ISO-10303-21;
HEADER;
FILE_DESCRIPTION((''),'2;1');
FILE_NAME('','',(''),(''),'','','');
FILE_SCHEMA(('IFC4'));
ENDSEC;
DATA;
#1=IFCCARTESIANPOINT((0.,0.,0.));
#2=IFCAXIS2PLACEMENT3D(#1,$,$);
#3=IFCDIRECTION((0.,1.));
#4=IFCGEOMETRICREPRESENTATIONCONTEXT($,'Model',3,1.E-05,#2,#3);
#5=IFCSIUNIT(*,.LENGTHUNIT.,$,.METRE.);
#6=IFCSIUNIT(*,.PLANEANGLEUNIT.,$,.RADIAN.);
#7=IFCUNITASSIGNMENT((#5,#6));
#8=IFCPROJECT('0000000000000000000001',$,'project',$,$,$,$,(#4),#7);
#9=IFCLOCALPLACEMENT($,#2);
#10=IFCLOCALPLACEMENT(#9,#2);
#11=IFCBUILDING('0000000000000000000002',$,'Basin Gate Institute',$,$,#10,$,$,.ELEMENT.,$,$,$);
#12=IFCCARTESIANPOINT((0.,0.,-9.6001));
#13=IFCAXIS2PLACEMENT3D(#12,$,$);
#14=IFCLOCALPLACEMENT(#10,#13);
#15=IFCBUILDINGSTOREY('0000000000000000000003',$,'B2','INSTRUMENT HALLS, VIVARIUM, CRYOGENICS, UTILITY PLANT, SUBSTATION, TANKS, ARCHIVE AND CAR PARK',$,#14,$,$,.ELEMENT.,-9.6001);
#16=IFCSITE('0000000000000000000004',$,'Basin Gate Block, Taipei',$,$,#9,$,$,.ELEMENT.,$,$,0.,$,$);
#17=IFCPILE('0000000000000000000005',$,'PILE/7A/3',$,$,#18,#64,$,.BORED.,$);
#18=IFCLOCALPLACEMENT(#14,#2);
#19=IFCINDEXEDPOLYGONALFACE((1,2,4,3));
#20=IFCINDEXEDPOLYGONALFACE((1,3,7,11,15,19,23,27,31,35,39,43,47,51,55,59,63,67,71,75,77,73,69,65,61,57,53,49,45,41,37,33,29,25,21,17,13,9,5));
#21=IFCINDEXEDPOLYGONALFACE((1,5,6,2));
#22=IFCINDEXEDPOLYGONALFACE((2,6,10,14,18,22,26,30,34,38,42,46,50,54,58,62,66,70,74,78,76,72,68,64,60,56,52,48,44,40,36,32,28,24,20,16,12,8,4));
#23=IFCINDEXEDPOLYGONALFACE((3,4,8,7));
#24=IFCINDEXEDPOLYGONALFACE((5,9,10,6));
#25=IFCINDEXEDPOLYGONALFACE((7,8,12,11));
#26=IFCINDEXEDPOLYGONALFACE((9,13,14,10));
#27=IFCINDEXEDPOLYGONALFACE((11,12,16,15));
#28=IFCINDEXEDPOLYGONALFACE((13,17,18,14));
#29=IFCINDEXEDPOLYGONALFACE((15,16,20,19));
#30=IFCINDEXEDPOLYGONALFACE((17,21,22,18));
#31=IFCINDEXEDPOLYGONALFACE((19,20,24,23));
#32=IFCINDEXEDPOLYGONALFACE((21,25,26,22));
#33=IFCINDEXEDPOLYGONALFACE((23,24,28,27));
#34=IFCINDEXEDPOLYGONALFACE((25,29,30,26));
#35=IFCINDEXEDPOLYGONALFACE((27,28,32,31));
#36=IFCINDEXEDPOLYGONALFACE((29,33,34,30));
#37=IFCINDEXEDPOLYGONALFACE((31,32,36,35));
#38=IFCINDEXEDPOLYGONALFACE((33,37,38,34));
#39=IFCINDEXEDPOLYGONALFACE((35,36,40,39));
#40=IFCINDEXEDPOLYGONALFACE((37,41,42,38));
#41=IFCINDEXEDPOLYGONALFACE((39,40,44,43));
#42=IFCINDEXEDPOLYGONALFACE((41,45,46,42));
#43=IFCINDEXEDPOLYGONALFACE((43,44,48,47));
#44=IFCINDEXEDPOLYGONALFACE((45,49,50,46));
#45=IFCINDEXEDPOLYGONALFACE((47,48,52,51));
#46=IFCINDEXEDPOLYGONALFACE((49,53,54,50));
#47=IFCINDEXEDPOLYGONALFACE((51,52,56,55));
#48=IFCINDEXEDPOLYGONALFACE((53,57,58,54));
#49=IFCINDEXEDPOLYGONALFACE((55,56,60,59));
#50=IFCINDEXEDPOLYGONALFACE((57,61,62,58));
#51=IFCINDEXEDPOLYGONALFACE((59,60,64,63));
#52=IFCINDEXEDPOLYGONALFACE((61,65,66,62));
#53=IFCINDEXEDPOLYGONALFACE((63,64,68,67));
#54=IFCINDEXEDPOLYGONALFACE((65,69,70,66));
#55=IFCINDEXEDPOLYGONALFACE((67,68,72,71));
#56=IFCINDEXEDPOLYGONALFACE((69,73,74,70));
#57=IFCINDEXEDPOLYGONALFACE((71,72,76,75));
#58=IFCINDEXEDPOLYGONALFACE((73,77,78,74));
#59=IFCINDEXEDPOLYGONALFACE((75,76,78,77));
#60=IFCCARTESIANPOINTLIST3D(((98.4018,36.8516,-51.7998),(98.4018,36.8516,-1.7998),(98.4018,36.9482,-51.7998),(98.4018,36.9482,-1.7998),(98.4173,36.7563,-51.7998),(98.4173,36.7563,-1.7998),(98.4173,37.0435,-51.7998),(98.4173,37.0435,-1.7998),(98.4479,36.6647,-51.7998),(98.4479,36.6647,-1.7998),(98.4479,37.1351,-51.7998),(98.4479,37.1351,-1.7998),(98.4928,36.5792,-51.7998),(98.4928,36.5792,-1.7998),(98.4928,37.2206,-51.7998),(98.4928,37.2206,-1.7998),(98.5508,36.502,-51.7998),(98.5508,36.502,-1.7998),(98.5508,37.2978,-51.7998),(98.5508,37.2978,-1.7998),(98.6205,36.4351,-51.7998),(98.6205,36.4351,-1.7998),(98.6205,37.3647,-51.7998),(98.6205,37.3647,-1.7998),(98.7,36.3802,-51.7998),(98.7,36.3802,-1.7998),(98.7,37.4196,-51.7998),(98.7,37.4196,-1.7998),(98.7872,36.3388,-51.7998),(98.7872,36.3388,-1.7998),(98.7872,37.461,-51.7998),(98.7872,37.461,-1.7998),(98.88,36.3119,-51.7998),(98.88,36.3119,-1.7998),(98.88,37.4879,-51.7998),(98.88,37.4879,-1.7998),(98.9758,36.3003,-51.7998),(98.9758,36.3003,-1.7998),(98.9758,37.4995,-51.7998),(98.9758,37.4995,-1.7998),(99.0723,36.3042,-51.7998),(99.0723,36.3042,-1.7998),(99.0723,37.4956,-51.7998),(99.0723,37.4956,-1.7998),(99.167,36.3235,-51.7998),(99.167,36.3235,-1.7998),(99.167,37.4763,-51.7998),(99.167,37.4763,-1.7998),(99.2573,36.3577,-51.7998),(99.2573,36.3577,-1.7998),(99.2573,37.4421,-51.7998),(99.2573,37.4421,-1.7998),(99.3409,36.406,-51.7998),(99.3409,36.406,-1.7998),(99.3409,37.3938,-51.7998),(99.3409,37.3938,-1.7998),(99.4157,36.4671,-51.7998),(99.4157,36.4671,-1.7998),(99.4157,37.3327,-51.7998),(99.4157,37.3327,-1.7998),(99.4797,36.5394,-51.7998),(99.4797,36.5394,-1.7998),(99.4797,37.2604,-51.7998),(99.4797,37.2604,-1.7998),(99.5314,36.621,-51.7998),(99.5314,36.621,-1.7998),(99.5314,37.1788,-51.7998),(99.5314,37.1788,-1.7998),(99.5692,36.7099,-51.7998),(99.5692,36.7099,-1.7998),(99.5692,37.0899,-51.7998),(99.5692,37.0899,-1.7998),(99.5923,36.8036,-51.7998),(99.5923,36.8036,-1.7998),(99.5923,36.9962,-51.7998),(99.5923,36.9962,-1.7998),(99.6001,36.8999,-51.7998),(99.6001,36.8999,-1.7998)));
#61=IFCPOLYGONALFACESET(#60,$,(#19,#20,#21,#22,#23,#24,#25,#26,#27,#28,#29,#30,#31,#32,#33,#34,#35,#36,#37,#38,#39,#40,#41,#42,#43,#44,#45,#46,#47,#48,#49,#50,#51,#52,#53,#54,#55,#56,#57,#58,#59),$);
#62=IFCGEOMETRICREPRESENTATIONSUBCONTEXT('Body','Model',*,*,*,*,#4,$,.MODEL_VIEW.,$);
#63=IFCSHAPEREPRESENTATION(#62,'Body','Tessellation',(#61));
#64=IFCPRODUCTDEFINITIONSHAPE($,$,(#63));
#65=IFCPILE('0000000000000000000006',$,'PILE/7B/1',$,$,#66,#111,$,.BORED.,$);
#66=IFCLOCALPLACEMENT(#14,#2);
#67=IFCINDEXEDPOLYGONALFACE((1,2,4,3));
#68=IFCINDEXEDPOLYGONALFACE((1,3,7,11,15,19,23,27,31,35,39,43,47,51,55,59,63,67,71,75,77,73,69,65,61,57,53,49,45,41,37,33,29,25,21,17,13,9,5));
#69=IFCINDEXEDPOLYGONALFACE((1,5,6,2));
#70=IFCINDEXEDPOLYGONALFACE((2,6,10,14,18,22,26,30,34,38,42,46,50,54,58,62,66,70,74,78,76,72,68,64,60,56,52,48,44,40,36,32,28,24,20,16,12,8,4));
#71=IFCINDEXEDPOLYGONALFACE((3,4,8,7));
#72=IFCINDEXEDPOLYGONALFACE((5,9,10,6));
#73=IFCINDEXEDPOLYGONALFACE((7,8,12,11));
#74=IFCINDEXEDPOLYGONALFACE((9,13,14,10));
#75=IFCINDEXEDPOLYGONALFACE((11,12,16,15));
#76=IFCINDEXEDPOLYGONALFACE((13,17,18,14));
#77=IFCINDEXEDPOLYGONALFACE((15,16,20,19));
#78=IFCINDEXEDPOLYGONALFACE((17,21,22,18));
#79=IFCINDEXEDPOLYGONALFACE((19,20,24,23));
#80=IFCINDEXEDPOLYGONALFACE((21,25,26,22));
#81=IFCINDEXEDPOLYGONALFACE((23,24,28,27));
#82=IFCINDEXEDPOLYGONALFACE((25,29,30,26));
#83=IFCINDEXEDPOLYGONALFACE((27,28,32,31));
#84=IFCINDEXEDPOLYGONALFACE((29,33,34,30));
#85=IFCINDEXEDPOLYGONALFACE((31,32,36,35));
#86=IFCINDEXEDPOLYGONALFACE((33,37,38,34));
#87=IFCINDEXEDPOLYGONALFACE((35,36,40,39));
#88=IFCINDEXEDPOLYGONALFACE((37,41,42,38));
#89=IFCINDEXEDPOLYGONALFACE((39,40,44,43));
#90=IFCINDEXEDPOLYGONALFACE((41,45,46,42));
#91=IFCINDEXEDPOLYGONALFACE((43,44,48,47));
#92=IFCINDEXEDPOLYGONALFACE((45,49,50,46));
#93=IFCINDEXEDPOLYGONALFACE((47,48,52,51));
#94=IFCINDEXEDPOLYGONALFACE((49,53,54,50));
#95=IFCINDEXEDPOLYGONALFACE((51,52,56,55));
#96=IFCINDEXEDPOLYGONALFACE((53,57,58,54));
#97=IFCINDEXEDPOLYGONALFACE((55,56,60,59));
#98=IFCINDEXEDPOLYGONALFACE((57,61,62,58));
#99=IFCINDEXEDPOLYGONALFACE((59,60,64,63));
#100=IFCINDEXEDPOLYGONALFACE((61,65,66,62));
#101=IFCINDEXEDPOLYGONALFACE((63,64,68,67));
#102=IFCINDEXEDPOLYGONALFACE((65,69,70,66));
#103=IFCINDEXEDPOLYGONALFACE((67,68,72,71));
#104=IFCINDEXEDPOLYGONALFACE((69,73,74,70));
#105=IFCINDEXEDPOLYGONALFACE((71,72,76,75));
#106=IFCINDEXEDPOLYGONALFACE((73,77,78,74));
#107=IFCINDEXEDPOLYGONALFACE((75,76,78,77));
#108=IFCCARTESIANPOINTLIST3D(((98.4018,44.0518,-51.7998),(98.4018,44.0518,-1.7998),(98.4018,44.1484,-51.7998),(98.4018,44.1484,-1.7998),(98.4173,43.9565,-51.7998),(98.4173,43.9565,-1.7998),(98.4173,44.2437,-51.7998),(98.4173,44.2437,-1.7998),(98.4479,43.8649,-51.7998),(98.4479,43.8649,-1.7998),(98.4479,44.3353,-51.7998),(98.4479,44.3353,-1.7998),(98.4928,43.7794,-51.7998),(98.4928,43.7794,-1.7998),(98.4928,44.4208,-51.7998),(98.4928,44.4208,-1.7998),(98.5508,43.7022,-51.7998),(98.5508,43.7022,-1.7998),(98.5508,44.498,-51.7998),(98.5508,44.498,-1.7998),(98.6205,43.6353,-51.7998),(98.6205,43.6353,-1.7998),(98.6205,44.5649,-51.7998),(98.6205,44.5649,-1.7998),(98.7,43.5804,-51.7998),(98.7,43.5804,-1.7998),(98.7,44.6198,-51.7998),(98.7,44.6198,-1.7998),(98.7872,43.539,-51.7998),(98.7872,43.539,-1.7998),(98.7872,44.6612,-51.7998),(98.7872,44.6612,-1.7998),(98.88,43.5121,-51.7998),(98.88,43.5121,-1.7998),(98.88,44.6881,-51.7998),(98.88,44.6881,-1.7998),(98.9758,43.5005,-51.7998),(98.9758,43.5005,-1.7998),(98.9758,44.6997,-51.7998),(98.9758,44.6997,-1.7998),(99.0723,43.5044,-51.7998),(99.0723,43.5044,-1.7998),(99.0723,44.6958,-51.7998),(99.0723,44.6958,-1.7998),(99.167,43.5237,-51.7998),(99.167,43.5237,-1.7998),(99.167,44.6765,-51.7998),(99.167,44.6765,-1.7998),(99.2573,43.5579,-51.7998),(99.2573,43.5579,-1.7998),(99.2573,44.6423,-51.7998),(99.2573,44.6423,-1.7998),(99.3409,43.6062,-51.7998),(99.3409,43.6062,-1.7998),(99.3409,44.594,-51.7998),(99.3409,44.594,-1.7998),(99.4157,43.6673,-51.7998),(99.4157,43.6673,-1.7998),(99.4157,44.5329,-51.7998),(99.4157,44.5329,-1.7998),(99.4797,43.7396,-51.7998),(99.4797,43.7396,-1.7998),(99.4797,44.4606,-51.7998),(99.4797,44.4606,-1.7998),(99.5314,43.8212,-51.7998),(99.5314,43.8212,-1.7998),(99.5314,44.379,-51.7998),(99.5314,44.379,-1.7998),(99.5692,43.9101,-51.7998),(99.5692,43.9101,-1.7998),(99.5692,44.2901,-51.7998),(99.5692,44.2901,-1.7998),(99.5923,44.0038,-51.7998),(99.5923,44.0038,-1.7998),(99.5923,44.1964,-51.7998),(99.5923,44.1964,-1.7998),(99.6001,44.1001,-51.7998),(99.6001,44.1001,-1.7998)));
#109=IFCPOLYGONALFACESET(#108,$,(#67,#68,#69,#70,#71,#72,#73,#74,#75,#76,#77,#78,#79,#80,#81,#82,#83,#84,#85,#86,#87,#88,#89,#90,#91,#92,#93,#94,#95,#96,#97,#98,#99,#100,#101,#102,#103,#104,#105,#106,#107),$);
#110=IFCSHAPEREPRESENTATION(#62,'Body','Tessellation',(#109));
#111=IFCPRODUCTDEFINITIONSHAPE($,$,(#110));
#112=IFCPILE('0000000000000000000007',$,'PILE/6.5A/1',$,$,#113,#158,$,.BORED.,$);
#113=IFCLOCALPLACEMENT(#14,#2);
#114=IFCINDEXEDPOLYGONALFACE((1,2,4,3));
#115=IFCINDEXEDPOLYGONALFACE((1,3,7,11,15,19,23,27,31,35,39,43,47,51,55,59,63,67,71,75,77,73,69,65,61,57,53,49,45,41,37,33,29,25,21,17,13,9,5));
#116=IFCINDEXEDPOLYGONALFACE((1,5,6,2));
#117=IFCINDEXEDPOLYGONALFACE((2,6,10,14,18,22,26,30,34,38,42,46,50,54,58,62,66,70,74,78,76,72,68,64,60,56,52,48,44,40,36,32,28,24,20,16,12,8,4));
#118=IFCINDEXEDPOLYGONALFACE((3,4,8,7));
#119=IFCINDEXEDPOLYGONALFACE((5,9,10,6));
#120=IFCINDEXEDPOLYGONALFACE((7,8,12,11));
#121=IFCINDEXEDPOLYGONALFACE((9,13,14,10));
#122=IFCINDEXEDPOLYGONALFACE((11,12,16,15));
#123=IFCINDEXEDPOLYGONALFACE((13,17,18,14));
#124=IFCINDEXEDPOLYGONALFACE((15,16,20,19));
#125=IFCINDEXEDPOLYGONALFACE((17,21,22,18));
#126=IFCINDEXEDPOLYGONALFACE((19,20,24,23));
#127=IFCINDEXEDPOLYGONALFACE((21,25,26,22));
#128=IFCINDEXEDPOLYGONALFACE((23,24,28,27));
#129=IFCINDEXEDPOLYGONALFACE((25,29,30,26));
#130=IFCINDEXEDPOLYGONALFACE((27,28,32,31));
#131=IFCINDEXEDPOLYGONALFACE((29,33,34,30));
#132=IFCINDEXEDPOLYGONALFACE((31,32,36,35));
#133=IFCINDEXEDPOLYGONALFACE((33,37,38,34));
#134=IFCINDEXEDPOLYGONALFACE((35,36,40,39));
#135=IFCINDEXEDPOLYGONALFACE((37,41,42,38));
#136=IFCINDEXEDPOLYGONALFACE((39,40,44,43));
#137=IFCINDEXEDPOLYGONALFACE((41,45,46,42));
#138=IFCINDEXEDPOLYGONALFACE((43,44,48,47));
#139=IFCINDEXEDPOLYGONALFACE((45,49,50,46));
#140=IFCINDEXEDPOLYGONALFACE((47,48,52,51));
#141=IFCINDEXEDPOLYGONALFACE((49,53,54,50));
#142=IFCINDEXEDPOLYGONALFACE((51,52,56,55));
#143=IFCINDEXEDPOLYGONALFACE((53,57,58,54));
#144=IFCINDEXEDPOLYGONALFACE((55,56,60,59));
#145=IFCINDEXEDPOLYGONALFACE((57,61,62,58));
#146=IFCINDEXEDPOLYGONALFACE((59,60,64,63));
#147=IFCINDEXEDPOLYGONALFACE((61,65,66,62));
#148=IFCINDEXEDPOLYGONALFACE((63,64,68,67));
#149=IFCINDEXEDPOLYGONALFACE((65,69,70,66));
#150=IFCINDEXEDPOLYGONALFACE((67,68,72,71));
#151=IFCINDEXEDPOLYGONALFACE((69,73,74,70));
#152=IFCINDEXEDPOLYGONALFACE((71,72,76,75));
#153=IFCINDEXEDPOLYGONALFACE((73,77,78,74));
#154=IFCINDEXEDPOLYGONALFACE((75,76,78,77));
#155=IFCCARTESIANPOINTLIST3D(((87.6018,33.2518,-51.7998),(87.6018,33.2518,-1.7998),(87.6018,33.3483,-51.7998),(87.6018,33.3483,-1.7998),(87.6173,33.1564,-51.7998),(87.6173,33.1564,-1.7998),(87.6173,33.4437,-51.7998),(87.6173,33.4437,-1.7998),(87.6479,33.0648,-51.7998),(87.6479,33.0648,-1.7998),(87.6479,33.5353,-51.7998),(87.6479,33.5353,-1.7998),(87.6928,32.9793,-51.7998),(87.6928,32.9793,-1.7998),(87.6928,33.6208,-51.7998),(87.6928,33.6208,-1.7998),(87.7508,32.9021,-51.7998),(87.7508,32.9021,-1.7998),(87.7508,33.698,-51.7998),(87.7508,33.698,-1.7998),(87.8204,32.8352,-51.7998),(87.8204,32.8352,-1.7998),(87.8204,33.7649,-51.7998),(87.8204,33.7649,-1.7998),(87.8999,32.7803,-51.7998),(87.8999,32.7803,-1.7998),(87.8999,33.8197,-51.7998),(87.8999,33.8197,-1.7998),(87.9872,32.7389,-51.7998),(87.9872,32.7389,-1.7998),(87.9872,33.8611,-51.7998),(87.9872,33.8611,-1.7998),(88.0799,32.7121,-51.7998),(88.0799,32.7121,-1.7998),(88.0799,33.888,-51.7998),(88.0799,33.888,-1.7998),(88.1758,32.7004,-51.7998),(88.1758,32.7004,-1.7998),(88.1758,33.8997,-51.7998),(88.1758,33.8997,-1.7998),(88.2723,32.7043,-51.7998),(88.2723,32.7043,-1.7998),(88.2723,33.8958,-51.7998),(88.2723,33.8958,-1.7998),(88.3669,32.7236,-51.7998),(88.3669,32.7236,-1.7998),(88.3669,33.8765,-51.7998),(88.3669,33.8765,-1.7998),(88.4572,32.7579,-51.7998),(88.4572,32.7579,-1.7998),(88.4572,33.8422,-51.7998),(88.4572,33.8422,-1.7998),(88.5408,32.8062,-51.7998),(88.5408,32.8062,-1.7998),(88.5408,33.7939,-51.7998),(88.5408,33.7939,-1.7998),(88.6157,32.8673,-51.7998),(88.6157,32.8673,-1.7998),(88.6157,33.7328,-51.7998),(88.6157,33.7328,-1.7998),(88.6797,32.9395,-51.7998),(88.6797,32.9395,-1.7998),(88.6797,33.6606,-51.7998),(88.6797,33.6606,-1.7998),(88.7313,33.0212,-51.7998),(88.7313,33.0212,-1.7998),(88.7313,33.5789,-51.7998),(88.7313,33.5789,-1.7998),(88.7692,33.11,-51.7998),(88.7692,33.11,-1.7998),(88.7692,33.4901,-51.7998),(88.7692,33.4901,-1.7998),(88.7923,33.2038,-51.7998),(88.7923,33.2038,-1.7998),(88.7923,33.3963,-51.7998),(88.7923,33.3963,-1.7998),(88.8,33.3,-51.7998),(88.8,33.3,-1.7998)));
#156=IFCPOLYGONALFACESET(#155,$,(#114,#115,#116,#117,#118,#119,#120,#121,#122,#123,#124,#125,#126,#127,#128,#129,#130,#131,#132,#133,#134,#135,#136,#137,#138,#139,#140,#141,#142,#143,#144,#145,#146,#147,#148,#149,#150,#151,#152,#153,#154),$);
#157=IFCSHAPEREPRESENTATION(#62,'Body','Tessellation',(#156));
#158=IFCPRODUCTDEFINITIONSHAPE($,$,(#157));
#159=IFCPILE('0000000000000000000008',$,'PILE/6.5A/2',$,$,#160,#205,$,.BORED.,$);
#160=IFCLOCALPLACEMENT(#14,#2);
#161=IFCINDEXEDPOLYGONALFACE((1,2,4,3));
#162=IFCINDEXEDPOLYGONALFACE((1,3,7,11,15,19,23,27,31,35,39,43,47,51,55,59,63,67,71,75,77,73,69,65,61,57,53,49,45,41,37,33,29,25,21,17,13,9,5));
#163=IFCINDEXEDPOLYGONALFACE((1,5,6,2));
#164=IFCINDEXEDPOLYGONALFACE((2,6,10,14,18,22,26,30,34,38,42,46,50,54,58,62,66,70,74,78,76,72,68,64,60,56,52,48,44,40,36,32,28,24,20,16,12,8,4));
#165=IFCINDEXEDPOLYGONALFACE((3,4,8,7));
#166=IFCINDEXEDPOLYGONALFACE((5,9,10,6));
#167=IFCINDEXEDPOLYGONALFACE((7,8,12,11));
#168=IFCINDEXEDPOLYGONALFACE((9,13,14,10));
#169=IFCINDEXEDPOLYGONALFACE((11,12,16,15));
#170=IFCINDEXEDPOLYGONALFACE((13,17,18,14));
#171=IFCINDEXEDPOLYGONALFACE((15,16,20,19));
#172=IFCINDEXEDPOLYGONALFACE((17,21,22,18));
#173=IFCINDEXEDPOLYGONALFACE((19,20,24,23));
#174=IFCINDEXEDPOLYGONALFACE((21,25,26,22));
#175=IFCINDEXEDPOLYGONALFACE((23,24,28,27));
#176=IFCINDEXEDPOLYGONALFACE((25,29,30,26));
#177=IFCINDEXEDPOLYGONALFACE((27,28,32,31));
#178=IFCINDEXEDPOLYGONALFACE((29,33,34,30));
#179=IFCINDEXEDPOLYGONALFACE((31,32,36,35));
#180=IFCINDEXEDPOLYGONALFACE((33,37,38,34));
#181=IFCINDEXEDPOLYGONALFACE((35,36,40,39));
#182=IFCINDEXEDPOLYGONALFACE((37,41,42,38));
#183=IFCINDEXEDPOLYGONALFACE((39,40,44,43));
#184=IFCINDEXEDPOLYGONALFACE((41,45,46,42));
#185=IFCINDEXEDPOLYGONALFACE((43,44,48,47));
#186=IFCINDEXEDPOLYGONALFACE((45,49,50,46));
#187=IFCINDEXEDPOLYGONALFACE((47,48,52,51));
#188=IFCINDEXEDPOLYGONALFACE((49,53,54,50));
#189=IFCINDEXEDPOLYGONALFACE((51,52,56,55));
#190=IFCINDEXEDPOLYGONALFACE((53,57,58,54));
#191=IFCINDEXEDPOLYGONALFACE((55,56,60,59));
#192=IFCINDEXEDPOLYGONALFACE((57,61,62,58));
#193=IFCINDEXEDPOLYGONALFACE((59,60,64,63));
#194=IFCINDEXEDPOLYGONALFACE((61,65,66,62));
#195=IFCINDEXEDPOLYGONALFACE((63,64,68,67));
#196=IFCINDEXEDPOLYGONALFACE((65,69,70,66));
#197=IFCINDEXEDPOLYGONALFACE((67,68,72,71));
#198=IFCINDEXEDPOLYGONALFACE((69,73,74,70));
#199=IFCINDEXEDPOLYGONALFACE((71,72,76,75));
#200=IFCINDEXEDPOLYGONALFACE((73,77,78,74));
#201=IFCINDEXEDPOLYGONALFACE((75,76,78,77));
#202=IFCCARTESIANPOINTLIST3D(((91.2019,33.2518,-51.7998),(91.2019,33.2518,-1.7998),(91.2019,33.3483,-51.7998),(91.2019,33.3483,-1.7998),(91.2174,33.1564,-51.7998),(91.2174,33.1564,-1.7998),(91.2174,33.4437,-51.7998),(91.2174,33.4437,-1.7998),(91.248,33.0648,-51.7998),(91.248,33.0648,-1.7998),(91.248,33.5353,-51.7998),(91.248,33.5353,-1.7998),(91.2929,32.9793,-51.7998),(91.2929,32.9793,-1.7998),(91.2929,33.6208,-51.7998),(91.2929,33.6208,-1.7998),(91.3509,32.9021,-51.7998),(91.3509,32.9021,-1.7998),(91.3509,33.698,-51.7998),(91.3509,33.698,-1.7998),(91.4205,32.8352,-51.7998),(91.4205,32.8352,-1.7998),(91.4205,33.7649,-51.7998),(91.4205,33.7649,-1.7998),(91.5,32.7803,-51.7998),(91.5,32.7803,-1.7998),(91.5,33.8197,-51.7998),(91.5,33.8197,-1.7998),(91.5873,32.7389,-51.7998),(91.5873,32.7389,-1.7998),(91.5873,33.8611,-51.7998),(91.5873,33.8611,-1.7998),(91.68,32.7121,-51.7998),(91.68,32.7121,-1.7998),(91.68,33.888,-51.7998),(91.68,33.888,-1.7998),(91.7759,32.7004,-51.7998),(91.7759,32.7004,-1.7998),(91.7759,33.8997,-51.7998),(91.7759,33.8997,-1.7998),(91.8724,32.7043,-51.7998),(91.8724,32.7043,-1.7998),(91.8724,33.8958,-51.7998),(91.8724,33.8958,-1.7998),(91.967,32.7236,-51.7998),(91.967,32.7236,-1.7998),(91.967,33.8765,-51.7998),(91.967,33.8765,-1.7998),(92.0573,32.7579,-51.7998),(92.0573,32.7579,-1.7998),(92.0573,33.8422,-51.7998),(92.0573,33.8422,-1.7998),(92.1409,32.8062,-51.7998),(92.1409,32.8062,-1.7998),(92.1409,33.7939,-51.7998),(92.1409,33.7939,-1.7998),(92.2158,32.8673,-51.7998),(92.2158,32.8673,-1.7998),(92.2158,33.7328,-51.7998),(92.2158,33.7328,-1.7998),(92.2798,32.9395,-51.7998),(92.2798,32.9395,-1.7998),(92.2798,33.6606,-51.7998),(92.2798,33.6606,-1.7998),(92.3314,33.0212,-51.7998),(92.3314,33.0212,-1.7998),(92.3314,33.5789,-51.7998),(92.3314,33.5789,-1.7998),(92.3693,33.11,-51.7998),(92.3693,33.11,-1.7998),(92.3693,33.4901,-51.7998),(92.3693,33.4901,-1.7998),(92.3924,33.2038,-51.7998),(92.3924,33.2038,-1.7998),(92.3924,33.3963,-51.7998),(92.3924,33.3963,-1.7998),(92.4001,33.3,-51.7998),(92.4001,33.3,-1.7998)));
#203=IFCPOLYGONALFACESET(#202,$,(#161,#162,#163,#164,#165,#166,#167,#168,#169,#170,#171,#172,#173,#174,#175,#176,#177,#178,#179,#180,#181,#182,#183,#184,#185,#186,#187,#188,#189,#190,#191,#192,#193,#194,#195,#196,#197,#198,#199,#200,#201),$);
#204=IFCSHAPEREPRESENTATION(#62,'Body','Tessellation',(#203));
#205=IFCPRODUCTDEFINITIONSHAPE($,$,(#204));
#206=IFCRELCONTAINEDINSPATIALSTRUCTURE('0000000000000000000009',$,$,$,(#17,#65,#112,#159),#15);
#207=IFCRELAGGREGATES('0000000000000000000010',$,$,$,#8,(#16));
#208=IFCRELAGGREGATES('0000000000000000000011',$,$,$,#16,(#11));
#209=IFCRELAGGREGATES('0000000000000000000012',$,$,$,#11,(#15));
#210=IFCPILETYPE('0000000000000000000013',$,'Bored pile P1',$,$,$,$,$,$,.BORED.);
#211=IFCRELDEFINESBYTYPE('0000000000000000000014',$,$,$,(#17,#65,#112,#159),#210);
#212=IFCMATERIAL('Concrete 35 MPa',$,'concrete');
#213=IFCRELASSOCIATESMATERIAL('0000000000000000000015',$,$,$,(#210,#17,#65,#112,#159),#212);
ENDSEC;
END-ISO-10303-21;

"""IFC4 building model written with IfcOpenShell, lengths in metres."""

from ifc_helpers import new_model, si_unit, direction, frame, origin, origin_2d, place, context, subcontext, project, spatial, circle, extrude, material, material_profile, profile_set, type_object, element, save


model = new_model("IFC4")

# Units and contexts
model_context = context("Model", 3, precision=1e-05, world=origin(), true_north=direction((0.0, 1.0)))
body_context = subcontext(model_context, "Body", "Model", "MODEL_VIEW")
ifc_project = project(units=[si_unit("LENGTHUNIT", "METRE"), si_unit("PLANEANGLEUNIT", "RADIAN")], contexts=[model_context])

# Site, building, storey
site_placement = place(None, origin())
site = spatial("IfcSite", under=ifc_project, at=site_placement, Name="Basin Gate Block, Taipei", CompositionType="ELEMENT", RefElevation=0.0)
building_placement = place(site_placement, origin())
building = spatial("IfcBuilding", under=site, at=building_placement, Name="Basin Gate Institute", CompositionType="ELEMENT")
storey_placement = place(building_placement, frame((0.0, 0.0, -9.6001)))
storey = spatial("IfcBuildingStorey", under=building, at=storey_placement, Name="B2", Description="INSTRUMENT HALLS, VIVARIUM, CRYOGENICS, UTILITY PLANT, SUBSTATION, TANKS, ARCHIVE AND CAR PARK", CompositionType="ELEMENT", Elevation=-9.6001)

# Piles
ifc_material_1 = material(Name="Concrete 35 MPa", Category="concrete")
ifc_material_profile_1 = material_profile(ifc_material_1, circle(Radius=0.6001, at=origin_2d()), Name="Bored pile P1 1200 dia")
ifc_profile_set_1 = profile_set([ifc_material_profile_1], Name="Concrete 35 MPa")
pile_type = type_object("IfcPileType", Name="Bored pile P1", PredefinedType="BORED", material=ifc_profile_set_1)
for number, where, z_axis, x_axis, name in (
    (1, (99.0, 36.8999, -1.7998), (0.0, 0.0, -1.0), (1.0, 0.0, 0.0), "PILE/7A/3"),
    (2, (99.0, 44.1001, -1.7998), (0.0, 0.0, -1.0), (1.0, 0.0, 0.0), "PILE/7B/1"),
    (3, (88.2, 33.3, -1.7998), (0.0, 0.0, -1.0), (1.0, 0.0, 0.0), "PILE/6.5A/1"),
    (4, (91.8, 33.3, -1.7998), (0.0, 0.0, -1.0), (1.0, 0.0, 0.0), "PILE/6.5A/2"),
):
    element("IfcPile", number, at=place(storey_placement, frame(where, z_axis=z_axis, x_axis=x_axis)), inside=storey, type_object=pile_type, material=ifc_profile_set_1, Name=name, PredefinedType="BORED", context=body_context, shape_type="SweptSolid", body=[
        extrude(circle(Radius=0.6001, at=origin_2d()), origin(), (0.0, 0.0, 1.0), 50.0),
    ])

save(model, "model.ifc")
